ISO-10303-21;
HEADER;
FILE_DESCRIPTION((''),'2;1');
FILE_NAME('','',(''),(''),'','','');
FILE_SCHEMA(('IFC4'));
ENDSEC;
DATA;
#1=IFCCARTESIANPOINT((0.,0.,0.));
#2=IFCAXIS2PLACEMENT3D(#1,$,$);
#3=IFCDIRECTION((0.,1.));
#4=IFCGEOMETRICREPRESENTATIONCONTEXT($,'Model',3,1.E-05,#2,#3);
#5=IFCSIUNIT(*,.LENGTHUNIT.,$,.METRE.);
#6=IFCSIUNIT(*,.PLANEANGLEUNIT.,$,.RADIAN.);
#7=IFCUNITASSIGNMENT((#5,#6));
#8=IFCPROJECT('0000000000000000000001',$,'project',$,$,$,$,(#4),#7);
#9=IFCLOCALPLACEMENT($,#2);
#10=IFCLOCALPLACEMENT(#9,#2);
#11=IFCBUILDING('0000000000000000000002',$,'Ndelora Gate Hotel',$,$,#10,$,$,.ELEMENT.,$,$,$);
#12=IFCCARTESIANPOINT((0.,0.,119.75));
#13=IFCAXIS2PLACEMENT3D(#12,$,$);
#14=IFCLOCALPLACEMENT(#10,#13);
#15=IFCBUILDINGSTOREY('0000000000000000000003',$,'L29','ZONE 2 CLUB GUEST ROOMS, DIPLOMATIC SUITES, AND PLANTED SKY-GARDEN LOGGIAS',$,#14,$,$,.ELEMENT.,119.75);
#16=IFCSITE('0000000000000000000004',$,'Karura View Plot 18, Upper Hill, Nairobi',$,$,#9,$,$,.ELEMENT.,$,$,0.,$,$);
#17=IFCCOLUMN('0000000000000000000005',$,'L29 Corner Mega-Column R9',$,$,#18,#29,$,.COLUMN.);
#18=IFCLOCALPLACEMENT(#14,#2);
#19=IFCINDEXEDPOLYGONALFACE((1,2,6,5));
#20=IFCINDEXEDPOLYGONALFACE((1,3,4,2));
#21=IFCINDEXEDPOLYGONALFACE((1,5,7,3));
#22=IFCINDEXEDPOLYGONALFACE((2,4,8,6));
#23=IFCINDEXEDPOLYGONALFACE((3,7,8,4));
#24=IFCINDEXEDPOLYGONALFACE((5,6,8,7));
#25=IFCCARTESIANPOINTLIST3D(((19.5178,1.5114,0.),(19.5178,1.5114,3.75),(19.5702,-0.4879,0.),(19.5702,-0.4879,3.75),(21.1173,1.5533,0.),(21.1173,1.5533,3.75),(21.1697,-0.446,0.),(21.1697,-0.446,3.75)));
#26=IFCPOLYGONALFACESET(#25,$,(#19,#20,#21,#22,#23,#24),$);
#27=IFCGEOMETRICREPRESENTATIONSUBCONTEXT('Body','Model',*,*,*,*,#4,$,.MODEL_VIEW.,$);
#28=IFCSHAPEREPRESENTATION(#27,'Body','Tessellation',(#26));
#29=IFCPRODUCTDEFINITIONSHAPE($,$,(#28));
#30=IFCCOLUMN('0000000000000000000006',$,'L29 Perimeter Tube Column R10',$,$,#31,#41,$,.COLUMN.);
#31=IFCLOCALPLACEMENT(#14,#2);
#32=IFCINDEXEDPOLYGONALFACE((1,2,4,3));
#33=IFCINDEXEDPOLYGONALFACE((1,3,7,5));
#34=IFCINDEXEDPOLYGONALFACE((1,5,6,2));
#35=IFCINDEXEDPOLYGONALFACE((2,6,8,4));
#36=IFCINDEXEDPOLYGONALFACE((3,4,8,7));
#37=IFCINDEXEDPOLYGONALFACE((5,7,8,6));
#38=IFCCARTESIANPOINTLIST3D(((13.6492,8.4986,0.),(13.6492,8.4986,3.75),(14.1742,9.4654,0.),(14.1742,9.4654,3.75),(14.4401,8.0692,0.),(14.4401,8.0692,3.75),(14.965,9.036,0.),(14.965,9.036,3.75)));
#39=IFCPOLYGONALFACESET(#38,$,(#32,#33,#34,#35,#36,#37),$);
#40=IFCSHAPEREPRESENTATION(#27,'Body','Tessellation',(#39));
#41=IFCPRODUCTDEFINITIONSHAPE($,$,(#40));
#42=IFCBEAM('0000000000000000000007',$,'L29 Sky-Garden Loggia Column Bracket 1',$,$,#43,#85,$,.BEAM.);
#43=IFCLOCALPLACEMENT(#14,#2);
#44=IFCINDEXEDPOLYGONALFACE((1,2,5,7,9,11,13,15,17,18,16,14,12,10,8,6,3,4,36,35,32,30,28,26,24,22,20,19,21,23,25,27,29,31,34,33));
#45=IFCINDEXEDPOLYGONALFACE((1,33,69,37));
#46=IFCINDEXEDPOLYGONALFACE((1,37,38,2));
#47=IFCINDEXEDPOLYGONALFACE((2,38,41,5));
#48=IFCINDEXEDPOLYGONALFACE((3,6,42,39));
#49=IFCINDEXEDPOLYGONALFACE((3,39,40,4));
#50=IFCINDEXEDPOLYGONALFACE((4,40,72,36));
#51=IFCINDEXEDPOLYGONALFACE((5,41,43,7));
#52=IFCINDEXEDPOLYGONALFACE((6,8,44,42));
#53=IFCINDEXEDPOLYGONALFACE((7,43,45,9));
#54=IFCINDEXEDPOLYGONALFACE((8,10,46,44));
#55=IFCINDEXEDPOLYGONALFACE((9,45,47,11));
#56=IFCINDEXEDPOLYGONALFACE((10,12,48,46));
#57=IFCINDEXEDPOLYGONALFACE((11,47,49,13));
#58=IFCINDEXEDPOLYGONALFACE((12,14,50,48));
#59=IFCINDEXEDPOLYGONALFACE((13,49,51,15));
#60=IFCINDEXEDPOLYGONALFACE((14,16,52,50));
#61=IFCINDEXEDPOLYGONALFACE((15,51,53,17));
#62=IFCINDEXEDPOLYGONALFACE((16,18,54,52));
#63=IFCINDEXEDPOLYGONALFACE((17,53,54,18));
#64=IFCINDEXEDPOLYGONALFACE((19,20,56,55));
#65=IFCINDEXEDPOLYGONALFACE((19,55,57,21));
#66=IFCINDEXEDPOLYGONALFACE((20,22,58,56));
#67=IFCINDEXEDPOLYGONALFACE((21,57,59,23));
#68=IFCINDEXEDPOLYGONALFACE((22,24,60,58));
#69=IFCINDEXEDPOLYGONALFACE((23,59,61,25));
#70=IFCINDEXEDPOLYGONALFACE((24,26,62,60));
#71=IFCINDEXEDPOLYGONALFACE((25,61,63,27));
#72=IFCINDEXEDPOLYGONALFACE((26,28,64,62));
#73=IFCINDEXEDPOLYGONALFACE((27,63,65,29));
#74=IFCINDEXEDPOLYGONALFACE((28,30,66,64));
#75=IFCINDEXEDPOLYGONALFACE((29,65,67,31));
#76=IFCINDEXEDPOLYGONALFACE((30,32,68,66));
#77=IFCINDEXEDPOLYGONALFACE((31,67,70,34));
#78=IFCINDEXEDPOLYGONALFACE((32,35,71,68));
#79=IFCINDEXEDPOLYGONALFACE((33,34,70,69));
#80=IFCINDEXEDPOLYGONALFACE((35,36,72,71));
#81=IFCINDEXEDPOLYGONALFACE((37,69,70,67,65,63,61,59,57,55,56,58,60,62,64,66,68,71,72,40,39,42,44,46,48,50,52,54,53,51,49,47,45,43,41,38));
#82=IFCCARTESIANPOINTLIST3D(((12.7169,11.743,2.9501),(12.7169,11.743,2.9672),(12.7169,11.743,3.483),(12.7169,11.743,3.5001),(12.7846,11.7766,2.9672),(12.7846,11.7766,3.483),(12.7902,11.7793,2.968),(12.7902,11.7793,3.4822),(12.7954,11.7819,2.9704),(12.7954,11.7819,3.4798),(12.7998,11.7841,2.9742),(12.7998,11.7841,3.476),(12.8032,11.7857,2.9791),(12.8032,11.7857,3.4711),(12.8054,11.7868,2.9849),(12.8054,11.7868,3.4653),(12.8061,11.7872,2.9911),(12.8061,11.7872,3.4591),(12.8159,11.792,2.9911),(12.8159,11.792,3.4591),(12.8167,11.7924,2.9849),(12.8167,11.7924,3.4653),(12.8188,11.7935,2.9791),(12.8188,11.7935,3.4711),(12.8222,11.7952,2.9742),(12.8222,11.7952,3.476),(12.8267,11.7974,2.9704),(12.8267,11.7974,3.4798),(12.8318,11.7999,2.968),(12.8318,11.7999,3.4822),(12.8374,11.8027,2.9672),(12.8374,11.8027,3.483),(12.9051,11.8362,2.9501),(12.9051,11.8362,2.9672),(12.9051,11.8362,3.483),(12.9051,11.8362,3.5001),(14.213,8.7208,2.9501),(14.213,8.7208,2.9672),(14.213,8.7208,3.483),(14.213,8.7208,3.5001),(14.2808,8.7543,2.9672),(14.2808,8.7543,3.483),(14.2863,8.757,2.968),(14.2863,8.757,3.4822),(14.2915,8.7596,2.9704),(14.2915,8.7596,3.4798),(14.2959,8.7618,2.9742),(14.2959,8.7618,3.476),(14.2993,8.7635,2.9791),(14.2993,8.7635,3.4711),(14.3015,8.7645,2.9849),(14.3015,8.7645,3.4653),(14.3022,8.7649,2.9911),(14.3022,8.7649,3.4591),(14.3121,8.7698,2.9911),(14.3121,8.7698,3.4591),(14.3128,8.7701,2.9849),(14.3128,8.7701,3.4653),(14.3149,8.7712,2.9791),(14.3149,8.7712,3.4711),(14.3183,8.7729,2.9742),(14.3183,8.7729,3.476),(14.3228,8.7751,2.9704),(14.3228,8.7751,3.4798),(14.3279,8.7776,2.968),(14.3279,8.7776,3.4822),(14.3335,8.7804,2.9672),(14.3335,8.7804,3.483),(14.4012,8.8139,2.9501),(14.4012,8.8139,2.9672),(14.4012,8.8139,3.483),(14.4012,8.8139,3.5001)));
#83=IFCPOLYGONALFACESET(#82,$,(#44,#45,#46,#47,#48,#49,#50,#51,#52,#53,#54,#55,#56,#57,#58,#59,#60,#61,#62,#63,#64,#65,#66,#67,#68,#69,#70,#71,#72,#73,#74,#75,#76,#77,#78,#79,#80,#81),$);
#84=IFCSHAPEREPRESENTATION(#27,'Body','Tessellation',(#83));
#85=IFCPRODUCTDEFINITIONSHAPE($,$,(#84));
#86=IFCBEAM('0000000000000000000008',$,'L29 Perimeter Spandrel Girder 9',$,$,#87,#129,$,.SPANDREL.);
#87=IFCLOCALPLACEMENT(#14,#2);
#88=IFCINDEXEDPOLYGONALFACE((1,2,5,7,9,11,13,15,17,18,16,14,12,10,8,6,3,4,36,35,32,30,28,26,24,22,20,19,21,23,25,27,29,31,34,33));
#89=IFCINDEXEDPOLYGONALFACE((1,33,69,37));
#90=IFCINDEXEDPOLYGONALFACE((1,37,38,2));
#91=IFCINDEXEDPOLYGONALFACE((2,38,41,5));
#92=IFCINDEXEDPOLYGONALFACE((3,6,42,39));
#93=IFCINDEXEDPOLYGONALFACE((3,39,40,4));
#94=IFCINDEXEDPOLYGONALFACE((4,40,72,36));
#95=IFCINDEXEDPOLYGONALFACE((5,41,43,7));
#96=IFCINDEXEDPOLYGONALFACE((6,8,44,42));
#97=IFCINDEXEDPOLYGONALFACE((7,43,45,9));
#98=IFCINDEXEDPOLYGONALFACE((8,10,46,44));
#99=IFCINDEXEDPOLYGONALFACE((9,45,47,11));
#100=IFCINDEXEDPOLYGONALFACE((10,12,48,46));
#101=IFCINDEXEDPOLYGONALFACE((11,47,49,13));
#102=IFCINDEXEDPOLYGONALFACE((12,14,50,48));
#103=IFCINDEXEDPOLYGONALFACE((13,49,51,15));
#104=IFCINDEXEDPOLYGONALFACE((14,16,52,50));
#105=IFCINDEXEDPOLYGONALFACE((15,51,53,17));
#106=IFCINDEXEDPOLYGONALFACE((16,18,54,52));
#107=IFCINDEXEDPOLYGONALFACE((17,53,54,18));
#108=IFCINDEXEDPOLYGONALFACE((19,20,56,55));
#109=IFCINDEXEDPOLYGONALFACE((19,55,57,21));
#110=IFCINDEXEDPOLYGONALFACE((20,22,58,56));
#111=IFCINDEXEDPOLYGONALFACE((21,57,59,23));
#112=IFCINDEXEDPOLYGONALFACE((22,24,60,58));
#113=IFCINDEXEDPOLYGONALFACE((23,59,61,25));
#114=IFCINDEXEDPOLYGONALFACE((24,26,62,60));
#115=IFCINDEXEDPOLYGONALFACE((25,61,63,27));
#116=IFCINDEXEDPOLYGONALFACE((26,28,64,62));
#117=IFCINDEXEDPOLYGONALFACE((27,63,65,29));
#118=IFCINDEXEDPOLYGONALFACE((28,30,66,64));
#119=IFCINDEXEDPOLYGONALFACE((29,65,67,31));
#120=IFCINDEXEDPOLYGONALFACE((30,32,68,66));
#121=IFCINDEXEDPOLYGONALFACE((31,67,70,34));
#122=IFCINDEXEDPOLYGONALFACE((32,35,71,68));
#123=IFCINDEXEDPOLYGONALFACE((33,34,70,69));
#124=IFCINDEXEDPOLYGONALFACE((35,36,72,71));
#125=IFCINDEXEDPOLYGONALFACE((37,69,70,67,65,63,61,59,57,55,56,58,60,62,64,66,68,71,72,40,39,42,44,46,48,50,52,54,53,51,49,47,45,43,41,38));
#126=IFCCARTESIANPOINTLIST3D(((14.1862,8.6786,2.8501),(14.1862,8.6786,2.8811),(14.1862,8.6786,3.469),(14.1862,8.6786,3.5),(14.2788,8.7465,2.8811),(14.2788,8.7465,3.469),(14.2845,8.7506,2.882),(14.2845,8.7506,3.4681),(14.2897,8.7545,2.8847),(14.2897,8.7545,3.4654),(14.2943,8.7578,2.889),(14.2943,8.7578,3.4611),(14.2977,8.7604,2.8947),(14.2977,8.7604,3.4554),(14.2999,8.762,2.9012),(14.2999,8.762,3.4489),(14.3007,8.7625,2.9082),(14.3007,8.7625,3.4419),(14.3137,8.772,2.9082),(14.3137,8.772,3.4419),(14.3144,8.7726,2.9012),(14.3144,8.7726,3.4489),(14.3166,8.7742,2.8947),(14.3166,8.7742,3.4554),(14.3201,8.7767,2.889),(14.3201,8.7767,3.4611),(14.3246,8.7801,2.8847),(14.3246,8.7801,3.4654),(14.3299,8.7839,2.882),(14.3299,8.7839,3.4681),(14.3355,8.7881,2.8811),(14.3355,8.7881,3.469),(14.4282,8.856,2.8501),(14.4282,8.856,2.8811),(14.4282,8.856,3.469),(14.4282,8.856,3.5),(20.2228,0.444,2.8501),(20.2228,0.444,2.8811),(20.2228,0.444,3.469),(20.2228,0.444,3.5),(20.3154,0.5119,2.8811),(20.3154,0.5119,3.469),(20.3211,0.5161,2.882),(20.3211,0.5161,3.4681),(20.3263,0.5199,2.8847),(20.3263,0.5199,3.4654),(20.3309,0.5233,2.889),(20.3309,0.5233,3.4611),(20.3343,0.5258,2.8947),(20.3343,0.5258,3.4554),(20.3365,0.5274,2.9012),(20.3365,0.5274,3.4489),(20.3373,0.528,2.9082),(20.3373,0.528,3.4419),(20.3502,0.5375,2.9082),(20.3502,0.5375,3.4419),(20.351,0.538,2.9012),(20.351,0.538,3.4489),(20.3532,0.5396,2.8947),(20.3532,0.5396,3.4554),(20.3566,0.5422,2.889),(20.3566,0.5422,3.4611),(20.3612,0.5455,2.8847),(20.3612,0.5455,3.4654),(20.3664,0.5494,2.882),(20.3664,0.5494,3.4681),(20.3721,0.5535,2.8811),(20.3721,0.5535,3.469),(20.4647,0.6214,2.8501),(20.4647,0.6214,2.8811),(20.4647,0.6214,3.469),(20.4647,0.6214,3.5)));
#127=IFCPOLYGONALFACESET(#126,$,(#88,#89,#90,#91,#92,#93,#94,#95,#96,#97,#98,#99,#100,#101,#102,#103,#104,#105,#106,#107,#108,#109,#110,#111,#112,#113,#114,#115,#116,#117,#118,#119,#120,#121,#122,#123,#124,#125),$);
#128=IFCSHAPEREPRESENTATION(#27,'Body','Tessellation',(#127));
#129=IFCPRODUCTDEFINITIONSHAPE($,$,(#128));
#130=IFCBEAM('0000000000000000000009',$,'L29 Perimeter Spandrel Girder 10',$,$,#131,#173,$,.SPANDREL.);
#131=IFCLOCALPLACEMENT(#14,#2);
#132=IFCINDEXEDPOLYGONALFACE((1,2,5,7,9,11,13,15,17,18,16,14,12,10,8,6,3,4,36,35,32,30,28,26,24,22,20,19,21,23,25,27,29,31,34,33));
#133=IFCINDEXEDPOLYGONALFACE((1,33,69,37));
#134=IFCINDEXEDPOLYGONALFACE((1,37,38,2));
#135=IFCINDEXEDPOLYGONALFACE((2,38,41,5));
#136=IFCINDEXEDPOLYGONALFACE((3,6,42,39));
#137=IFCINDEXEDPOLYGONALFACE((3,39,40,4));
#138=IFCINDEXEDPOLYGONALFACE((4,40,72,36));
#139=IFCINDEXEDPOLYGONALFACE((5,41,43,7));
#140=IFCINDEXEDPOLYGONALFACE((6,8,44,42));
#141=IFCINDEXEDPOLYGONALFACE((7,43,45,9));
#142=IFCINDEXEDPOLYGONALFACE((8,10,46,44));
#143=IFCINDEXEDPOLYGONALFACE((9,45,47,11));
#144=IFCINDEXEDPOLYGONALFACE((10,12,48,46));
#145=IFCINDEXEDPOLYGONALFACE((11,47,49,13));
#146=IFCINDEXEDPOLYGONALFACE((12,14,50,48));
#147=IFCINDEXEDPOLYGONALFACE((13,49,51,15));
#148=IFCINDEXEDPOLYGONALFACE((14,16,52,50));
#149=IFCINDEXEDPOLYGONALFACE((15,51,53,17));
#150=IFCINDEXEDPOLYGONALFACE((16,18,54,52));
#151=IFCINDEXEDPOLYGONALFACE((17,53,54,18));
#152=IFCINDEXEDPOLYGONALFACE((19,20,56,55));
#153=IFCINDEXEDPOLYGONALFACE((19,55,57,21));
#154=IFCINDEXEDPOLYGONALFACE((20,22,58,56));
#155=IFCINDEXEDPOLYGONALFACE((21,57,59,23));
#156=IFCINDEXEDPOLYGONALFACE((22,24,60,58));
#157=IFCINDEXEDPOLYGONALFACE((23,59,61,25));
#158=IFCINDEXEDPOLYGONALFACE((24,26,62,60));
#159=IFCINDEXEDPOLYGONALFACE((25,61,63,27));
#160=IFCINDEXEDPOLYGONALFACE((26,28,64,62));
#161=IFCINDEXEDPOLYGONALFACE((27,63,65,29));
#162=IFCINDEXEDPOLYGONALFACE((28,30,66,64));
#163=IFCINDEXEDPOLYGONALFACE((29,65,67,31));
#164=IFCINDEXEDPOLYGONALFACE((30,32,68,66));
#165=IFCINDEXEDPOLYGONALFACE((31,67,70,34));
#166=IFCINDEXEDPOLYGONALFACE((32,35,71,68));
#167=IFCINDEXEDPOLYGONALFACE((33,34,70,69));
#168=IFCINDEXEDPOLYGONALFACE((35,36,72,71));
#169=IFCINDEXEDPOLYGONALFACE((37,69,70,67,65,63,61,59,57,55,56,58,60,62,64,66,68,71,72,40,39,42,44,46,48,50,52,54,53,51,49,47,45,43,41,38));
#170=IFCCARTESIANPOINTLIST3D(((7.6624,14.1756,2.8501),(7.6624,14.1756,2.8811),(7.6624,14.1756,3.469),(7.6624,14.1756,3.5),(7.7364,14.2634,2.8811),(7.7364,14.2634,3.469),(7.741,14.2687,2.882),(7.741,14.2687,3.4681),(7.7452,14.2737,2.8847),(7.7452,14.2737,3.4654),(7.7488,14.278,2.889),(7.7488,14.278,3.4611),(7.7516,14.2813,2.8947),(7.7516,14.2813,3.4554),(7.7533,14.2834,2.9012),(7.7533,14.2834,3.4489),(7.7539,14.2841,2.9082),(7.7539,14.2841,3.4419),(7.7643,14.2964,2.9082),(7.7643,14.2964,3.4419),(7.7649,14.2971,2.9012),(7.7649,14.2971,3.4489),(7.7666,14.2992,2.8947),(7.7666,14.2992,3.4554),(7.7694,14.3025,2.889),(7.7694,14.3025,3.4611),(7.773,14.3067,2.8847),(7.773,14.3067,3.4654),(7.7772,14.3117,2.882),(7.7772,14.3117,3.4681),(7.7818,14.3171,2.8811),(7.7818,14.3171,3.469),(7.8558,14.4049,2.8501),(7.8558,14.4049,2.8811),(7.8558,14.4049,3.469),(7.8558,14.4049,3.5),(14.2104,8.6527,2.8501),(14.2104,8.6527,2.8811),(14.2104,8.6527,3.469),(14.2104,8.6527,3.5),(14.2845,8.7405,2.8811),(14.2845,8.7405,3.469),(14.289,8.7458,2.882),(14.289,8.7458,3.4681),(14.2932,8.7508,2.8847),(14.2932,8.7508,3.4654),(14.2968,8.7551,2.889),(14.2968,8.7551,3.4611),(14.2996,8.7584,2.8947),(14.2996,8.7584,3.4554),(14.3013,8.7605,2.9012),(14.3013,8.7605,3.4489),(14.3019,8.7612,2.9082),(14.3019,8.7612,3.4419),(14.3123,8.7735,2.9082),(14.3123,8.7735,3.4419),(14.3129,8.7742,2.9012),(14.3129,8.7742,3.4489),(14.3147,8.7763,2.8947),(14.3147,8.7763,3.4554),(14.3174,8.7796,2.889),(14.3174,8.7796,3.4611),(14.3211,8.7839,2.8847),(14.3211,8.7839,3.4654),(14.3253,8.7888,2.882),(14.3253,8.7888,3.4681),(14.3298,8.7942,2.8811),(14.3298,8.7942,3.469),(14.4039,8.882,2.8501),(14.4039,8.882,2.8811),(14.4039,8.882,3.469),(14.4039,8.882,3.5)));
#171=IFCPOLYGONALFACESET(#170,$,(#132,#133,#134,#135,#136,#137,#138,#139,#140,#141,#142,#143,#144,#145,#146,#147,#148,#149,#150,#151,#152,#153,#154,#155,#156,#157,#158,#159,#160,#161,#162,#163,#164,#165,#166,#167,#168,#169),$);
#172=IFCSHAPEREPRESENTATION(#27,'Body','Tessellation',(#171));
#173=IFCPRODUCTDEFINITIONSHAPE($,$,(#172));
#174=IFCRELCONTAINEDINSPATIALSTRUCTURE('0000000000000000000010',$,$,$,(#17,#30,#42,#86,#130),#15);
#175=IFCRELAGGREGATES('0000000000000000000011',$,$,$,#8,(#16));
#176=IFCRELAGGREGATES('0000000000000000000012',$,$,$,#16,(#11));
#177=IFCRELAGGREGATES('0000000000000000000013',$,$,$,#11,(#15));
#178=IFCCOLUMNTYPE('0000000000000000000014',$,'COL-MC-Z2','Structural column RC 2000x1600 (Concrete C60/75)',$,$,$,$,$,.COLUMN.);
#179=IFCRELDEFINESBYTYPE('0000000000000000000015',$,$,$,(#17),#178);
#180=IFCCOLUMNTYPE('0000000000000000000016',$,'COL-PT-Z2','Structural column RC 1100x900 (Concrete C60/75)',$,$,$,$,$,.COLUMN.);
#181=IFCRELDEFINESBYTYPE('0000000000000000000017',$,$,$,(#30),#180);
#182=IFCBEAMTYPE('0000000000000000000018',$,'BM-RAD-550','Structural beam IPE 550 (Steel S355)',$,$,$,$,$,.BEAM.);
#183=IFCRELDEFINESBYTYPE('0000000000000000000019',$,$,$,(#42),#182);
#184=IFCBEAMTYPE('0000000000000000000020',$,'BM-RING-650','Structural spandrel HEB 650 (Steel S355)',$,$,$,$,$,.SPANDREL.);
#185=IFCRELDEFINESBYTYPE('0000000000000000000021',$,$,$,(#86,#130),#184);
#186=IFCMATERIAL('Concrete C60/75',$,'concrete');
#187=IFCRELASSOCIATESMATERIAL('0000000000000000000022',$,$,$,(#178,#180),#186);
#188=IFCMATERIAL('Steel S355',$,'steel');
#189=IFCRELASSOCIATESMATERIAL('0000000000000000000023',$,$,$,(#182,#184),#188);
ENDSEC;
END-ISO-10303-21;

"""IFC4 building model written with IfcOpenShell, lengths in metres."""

from ifc_helpers import new_model, si_unit, direction, frame, origin, origin_2d, place, context, subcontext, project, spatial, rectangle, i_section, extrude, material, material_profile, profile_set, type_object, element, save


model = new_model("IFC4")

# Units and contexts
model_context = context("Model", 3, precision=1e-05, world=origin(), true_north=direction((0.0, 1.0)))
body_context = subcontext(model_context, "Body", "Model", "MODEL_VIEW")
ifc_project = project(units=[si_unit("LENGTHUNIT", "METRE"), si_unit("PLANEANGLEUNIT", "RADIAN")], contexts=[model_context])

# Site, building, storey
site_placement = place(None, origin())
site = spatial("IfcSite", under=ifc_project, at=site_placement, Name="Karura View Plot 18, Upper Hill, Nairobi", CompositionType="ELEMENT", RefElevation=0.0)
building_placement = place(site_placement, origin())
building = spatial("IfcBuilding", under=site, at=building_placement, Name="Ndelora Gate Hotel", CompositionType="ELEMENT")
storey_placement = place(building_placement, frame((0.0, 0.0, 119.75)))
storey = spatial("IfcBuildingStorey", under=building, at=storey_placement, Name="L29", Description="ZONE 2 CLUB GUEST ROOMS, DIPLOMATIC SUITES, AND PLANTED SKY-GARDEN LOGGIAS", CompositionType="ELEMENT", Elevation=119.75)

# Columns
ifc_material_1 = material(Name="Concrete C60/75", Category="concrete")
ifc_material_profile_1 = material_profile(ifc_material_1, rectangle(XDim=1.6001, YDim=2.0, at=origin_2d()), Name="RC 2000x1600")
ifc_profile_set_1 = profile_set([ifc_material_profile_1], Name="Concrete C60/75")
column_type_1 = type_object("IfcColumnType", Name="COL-MC-Z2", Description="Structural column RC 2000x1600 (Concrete C60/75)", PredefinedType="COLUMN", material=ifc_profile_set_1)
column_1_placement = place(storey_placement, frame((20.3438, 0.5327, 0.0), z_axis=(0.0, 0.0, 1.0), x_axis=(0.999657, 0.026177, 0.0)))
element("IfcColumn", 1, at=column_1_placement, inside=storey, type_object=column_type_1, Name="L29 Corner Mega-Column R9", PredefinedType="COLUMN", context=body_context, shape_type="SweptSolid", body=[
    extrude(rectangle(XDim=1.6001, YDim=2.0, at=origin_2d()), origin(), (0.0, 0.0, 1.0), 3.75),
])
ifc_material_profile_2 = material_profile(ifc_material_1, rectangle(XDim=0.8999, YDim=1.1001, at=origin_2d()), Name="RC 1100x900")
ifc_profile_set_2 = profile_set([ifc_material_profile_2], Name="Concrete C60/75")
column_type_2 = type_object("IfcColumnType", Name="COL-PT-Z2", Description="Structural column RC 1100x900 (Concrete C60/75)", PredefinedType="COLUMN", material=ifc_profile_set_2)
column_2_placement = place(storey_placement, frame((14.3071, 8.7673, 0.0), z_axis=(0.0, 0.0, 1.0), x_axis=(-0.878817, 0.477159, 0.0)))
element("IfcColumn", 2, at=column_2_placement, inside=storey, type_object=column_type_2, Name="L29 Perimeter Tube Column R10", PredefinedType="COLUMN", context=body_context, shape_type="SweptSolid", body=[
    extrude(rectangle(XDim=0.8999, YDim=1.1001, at=origin_2d()), origin(), (0.0, 0.0, 1.0), 3.75),
])

# Beams
ifc_material_2 = material(Name="Steel S355", Category="steel")
ifc_material_profile_3 = material_profile(ifc_material_2, i_section(OverallWidth=0.21, OverallDepth=0.55, WebThickness=0.011, FlangeThickness=0.0171, FilletRadius=0.0239, at=origin_2d()), Name="IPE 550")
ifc_profile_set_3 = profile_set([ifc_material_profile_3], Name="Steel S355")
beam_type_1 = type_object("IfcBeamType", Name="BM-RAD-550", Description="Structural beam IPE 550 (Steel S355)", PredefinedType="BEAM", material=ifc_profile_set_3)
beam_1_placement = place(storey_placement, frame((14.3071, 8.7673, 3.2251), z_axis=(-0.443648, 0.896201, 0.0), x_axis=(-0.896201, -0.443648, 0.0)))
element("IfcBeam", 3, at=beam_1_placement, inside=storey, type_object=beam_type_1, Name="L29 Sky-Garden Loggia Column Bracket 1", PredefinedType="BEAM", context=body_context, shape_type="SweptSolid", body=[
    extrude(i_section(OverallWidth=0.21, OverallDepth=0.55, WebThickness=0.011, FlangeThickness=0.0171, FilletRadius=0.0239, at=origin_2d()), origin(), (0.0, 0.0, 1.0), 3.3723),
])
ifc_material_profile_4 = material_profile(ifc_material_2, i_section(OverallWidth=0.3, OverallDepth=0.6499, WebThickness=0.0161, FlangeThickness=0.031, FilletRadius=0.0271, at=origin_2d()), Name="HEB 650")
ifc_profile_set_4 = profile_set([ifc_material_profile_4], Name="Steel S355")
beam_type_2 = type_object("IfcBeamType", Name="BM-RING-650", Description="Structural spandrel HEB 650 (Steel S355)", PredefinedType="SPANDREL", material=ifc_profile_set_4)
beam_2_placement = place(storey_placement, frame((20.3438, 0.5327, 3.175), z_axis=(-0.59123, 0.806503, 0.0), x_axis=(-0.806503, -0.59123, 0.0)))
element("IfcBeam", 4, at=beam_2_placement, inside=storey, type_object=beam_type_2, Name="L29 Perimeter Spandrel Girder 9", PredefinedType="SPANDREL", context=body_context, shape_type="SweptSolid", body=[
    extrude(i_section(OverallWidth=0.3, OverallDepth=0.6499, WebThickness=0.0161, FlangeThickness=0.031, FilletRadius=0.0271, at=origin_2d()), origin(), (0.0, 0.0, 1.0), 10.2102),
])
beam_3_placement = place(storey_placement, frame((14.3071, 8.7673, 3.175), z_axis=(-0.764407, 0.644734, 0.0), x_axis=(-0.644734, -0.764407, 0.0)))
element("IfcBeam", 5, at=beam_3_placement, inside=storey, type_object=beam_type_2, Name="L29 Perimeter Spandrel Girder 10", PredefinedType="SPANDREL", context=body_context, shape_type="SweptSolid", body=[
    extrude(i_section(OverallWidth=0.3, OverallDepth=0.6499, WebThickness=0.0161, FlangeThickness=0.031, FilletRadius=0.0271, at=origin_2d()), origin(), (0.0, 0.0, 1.0), 8.5662),
])

save(model, "model.ifc")
